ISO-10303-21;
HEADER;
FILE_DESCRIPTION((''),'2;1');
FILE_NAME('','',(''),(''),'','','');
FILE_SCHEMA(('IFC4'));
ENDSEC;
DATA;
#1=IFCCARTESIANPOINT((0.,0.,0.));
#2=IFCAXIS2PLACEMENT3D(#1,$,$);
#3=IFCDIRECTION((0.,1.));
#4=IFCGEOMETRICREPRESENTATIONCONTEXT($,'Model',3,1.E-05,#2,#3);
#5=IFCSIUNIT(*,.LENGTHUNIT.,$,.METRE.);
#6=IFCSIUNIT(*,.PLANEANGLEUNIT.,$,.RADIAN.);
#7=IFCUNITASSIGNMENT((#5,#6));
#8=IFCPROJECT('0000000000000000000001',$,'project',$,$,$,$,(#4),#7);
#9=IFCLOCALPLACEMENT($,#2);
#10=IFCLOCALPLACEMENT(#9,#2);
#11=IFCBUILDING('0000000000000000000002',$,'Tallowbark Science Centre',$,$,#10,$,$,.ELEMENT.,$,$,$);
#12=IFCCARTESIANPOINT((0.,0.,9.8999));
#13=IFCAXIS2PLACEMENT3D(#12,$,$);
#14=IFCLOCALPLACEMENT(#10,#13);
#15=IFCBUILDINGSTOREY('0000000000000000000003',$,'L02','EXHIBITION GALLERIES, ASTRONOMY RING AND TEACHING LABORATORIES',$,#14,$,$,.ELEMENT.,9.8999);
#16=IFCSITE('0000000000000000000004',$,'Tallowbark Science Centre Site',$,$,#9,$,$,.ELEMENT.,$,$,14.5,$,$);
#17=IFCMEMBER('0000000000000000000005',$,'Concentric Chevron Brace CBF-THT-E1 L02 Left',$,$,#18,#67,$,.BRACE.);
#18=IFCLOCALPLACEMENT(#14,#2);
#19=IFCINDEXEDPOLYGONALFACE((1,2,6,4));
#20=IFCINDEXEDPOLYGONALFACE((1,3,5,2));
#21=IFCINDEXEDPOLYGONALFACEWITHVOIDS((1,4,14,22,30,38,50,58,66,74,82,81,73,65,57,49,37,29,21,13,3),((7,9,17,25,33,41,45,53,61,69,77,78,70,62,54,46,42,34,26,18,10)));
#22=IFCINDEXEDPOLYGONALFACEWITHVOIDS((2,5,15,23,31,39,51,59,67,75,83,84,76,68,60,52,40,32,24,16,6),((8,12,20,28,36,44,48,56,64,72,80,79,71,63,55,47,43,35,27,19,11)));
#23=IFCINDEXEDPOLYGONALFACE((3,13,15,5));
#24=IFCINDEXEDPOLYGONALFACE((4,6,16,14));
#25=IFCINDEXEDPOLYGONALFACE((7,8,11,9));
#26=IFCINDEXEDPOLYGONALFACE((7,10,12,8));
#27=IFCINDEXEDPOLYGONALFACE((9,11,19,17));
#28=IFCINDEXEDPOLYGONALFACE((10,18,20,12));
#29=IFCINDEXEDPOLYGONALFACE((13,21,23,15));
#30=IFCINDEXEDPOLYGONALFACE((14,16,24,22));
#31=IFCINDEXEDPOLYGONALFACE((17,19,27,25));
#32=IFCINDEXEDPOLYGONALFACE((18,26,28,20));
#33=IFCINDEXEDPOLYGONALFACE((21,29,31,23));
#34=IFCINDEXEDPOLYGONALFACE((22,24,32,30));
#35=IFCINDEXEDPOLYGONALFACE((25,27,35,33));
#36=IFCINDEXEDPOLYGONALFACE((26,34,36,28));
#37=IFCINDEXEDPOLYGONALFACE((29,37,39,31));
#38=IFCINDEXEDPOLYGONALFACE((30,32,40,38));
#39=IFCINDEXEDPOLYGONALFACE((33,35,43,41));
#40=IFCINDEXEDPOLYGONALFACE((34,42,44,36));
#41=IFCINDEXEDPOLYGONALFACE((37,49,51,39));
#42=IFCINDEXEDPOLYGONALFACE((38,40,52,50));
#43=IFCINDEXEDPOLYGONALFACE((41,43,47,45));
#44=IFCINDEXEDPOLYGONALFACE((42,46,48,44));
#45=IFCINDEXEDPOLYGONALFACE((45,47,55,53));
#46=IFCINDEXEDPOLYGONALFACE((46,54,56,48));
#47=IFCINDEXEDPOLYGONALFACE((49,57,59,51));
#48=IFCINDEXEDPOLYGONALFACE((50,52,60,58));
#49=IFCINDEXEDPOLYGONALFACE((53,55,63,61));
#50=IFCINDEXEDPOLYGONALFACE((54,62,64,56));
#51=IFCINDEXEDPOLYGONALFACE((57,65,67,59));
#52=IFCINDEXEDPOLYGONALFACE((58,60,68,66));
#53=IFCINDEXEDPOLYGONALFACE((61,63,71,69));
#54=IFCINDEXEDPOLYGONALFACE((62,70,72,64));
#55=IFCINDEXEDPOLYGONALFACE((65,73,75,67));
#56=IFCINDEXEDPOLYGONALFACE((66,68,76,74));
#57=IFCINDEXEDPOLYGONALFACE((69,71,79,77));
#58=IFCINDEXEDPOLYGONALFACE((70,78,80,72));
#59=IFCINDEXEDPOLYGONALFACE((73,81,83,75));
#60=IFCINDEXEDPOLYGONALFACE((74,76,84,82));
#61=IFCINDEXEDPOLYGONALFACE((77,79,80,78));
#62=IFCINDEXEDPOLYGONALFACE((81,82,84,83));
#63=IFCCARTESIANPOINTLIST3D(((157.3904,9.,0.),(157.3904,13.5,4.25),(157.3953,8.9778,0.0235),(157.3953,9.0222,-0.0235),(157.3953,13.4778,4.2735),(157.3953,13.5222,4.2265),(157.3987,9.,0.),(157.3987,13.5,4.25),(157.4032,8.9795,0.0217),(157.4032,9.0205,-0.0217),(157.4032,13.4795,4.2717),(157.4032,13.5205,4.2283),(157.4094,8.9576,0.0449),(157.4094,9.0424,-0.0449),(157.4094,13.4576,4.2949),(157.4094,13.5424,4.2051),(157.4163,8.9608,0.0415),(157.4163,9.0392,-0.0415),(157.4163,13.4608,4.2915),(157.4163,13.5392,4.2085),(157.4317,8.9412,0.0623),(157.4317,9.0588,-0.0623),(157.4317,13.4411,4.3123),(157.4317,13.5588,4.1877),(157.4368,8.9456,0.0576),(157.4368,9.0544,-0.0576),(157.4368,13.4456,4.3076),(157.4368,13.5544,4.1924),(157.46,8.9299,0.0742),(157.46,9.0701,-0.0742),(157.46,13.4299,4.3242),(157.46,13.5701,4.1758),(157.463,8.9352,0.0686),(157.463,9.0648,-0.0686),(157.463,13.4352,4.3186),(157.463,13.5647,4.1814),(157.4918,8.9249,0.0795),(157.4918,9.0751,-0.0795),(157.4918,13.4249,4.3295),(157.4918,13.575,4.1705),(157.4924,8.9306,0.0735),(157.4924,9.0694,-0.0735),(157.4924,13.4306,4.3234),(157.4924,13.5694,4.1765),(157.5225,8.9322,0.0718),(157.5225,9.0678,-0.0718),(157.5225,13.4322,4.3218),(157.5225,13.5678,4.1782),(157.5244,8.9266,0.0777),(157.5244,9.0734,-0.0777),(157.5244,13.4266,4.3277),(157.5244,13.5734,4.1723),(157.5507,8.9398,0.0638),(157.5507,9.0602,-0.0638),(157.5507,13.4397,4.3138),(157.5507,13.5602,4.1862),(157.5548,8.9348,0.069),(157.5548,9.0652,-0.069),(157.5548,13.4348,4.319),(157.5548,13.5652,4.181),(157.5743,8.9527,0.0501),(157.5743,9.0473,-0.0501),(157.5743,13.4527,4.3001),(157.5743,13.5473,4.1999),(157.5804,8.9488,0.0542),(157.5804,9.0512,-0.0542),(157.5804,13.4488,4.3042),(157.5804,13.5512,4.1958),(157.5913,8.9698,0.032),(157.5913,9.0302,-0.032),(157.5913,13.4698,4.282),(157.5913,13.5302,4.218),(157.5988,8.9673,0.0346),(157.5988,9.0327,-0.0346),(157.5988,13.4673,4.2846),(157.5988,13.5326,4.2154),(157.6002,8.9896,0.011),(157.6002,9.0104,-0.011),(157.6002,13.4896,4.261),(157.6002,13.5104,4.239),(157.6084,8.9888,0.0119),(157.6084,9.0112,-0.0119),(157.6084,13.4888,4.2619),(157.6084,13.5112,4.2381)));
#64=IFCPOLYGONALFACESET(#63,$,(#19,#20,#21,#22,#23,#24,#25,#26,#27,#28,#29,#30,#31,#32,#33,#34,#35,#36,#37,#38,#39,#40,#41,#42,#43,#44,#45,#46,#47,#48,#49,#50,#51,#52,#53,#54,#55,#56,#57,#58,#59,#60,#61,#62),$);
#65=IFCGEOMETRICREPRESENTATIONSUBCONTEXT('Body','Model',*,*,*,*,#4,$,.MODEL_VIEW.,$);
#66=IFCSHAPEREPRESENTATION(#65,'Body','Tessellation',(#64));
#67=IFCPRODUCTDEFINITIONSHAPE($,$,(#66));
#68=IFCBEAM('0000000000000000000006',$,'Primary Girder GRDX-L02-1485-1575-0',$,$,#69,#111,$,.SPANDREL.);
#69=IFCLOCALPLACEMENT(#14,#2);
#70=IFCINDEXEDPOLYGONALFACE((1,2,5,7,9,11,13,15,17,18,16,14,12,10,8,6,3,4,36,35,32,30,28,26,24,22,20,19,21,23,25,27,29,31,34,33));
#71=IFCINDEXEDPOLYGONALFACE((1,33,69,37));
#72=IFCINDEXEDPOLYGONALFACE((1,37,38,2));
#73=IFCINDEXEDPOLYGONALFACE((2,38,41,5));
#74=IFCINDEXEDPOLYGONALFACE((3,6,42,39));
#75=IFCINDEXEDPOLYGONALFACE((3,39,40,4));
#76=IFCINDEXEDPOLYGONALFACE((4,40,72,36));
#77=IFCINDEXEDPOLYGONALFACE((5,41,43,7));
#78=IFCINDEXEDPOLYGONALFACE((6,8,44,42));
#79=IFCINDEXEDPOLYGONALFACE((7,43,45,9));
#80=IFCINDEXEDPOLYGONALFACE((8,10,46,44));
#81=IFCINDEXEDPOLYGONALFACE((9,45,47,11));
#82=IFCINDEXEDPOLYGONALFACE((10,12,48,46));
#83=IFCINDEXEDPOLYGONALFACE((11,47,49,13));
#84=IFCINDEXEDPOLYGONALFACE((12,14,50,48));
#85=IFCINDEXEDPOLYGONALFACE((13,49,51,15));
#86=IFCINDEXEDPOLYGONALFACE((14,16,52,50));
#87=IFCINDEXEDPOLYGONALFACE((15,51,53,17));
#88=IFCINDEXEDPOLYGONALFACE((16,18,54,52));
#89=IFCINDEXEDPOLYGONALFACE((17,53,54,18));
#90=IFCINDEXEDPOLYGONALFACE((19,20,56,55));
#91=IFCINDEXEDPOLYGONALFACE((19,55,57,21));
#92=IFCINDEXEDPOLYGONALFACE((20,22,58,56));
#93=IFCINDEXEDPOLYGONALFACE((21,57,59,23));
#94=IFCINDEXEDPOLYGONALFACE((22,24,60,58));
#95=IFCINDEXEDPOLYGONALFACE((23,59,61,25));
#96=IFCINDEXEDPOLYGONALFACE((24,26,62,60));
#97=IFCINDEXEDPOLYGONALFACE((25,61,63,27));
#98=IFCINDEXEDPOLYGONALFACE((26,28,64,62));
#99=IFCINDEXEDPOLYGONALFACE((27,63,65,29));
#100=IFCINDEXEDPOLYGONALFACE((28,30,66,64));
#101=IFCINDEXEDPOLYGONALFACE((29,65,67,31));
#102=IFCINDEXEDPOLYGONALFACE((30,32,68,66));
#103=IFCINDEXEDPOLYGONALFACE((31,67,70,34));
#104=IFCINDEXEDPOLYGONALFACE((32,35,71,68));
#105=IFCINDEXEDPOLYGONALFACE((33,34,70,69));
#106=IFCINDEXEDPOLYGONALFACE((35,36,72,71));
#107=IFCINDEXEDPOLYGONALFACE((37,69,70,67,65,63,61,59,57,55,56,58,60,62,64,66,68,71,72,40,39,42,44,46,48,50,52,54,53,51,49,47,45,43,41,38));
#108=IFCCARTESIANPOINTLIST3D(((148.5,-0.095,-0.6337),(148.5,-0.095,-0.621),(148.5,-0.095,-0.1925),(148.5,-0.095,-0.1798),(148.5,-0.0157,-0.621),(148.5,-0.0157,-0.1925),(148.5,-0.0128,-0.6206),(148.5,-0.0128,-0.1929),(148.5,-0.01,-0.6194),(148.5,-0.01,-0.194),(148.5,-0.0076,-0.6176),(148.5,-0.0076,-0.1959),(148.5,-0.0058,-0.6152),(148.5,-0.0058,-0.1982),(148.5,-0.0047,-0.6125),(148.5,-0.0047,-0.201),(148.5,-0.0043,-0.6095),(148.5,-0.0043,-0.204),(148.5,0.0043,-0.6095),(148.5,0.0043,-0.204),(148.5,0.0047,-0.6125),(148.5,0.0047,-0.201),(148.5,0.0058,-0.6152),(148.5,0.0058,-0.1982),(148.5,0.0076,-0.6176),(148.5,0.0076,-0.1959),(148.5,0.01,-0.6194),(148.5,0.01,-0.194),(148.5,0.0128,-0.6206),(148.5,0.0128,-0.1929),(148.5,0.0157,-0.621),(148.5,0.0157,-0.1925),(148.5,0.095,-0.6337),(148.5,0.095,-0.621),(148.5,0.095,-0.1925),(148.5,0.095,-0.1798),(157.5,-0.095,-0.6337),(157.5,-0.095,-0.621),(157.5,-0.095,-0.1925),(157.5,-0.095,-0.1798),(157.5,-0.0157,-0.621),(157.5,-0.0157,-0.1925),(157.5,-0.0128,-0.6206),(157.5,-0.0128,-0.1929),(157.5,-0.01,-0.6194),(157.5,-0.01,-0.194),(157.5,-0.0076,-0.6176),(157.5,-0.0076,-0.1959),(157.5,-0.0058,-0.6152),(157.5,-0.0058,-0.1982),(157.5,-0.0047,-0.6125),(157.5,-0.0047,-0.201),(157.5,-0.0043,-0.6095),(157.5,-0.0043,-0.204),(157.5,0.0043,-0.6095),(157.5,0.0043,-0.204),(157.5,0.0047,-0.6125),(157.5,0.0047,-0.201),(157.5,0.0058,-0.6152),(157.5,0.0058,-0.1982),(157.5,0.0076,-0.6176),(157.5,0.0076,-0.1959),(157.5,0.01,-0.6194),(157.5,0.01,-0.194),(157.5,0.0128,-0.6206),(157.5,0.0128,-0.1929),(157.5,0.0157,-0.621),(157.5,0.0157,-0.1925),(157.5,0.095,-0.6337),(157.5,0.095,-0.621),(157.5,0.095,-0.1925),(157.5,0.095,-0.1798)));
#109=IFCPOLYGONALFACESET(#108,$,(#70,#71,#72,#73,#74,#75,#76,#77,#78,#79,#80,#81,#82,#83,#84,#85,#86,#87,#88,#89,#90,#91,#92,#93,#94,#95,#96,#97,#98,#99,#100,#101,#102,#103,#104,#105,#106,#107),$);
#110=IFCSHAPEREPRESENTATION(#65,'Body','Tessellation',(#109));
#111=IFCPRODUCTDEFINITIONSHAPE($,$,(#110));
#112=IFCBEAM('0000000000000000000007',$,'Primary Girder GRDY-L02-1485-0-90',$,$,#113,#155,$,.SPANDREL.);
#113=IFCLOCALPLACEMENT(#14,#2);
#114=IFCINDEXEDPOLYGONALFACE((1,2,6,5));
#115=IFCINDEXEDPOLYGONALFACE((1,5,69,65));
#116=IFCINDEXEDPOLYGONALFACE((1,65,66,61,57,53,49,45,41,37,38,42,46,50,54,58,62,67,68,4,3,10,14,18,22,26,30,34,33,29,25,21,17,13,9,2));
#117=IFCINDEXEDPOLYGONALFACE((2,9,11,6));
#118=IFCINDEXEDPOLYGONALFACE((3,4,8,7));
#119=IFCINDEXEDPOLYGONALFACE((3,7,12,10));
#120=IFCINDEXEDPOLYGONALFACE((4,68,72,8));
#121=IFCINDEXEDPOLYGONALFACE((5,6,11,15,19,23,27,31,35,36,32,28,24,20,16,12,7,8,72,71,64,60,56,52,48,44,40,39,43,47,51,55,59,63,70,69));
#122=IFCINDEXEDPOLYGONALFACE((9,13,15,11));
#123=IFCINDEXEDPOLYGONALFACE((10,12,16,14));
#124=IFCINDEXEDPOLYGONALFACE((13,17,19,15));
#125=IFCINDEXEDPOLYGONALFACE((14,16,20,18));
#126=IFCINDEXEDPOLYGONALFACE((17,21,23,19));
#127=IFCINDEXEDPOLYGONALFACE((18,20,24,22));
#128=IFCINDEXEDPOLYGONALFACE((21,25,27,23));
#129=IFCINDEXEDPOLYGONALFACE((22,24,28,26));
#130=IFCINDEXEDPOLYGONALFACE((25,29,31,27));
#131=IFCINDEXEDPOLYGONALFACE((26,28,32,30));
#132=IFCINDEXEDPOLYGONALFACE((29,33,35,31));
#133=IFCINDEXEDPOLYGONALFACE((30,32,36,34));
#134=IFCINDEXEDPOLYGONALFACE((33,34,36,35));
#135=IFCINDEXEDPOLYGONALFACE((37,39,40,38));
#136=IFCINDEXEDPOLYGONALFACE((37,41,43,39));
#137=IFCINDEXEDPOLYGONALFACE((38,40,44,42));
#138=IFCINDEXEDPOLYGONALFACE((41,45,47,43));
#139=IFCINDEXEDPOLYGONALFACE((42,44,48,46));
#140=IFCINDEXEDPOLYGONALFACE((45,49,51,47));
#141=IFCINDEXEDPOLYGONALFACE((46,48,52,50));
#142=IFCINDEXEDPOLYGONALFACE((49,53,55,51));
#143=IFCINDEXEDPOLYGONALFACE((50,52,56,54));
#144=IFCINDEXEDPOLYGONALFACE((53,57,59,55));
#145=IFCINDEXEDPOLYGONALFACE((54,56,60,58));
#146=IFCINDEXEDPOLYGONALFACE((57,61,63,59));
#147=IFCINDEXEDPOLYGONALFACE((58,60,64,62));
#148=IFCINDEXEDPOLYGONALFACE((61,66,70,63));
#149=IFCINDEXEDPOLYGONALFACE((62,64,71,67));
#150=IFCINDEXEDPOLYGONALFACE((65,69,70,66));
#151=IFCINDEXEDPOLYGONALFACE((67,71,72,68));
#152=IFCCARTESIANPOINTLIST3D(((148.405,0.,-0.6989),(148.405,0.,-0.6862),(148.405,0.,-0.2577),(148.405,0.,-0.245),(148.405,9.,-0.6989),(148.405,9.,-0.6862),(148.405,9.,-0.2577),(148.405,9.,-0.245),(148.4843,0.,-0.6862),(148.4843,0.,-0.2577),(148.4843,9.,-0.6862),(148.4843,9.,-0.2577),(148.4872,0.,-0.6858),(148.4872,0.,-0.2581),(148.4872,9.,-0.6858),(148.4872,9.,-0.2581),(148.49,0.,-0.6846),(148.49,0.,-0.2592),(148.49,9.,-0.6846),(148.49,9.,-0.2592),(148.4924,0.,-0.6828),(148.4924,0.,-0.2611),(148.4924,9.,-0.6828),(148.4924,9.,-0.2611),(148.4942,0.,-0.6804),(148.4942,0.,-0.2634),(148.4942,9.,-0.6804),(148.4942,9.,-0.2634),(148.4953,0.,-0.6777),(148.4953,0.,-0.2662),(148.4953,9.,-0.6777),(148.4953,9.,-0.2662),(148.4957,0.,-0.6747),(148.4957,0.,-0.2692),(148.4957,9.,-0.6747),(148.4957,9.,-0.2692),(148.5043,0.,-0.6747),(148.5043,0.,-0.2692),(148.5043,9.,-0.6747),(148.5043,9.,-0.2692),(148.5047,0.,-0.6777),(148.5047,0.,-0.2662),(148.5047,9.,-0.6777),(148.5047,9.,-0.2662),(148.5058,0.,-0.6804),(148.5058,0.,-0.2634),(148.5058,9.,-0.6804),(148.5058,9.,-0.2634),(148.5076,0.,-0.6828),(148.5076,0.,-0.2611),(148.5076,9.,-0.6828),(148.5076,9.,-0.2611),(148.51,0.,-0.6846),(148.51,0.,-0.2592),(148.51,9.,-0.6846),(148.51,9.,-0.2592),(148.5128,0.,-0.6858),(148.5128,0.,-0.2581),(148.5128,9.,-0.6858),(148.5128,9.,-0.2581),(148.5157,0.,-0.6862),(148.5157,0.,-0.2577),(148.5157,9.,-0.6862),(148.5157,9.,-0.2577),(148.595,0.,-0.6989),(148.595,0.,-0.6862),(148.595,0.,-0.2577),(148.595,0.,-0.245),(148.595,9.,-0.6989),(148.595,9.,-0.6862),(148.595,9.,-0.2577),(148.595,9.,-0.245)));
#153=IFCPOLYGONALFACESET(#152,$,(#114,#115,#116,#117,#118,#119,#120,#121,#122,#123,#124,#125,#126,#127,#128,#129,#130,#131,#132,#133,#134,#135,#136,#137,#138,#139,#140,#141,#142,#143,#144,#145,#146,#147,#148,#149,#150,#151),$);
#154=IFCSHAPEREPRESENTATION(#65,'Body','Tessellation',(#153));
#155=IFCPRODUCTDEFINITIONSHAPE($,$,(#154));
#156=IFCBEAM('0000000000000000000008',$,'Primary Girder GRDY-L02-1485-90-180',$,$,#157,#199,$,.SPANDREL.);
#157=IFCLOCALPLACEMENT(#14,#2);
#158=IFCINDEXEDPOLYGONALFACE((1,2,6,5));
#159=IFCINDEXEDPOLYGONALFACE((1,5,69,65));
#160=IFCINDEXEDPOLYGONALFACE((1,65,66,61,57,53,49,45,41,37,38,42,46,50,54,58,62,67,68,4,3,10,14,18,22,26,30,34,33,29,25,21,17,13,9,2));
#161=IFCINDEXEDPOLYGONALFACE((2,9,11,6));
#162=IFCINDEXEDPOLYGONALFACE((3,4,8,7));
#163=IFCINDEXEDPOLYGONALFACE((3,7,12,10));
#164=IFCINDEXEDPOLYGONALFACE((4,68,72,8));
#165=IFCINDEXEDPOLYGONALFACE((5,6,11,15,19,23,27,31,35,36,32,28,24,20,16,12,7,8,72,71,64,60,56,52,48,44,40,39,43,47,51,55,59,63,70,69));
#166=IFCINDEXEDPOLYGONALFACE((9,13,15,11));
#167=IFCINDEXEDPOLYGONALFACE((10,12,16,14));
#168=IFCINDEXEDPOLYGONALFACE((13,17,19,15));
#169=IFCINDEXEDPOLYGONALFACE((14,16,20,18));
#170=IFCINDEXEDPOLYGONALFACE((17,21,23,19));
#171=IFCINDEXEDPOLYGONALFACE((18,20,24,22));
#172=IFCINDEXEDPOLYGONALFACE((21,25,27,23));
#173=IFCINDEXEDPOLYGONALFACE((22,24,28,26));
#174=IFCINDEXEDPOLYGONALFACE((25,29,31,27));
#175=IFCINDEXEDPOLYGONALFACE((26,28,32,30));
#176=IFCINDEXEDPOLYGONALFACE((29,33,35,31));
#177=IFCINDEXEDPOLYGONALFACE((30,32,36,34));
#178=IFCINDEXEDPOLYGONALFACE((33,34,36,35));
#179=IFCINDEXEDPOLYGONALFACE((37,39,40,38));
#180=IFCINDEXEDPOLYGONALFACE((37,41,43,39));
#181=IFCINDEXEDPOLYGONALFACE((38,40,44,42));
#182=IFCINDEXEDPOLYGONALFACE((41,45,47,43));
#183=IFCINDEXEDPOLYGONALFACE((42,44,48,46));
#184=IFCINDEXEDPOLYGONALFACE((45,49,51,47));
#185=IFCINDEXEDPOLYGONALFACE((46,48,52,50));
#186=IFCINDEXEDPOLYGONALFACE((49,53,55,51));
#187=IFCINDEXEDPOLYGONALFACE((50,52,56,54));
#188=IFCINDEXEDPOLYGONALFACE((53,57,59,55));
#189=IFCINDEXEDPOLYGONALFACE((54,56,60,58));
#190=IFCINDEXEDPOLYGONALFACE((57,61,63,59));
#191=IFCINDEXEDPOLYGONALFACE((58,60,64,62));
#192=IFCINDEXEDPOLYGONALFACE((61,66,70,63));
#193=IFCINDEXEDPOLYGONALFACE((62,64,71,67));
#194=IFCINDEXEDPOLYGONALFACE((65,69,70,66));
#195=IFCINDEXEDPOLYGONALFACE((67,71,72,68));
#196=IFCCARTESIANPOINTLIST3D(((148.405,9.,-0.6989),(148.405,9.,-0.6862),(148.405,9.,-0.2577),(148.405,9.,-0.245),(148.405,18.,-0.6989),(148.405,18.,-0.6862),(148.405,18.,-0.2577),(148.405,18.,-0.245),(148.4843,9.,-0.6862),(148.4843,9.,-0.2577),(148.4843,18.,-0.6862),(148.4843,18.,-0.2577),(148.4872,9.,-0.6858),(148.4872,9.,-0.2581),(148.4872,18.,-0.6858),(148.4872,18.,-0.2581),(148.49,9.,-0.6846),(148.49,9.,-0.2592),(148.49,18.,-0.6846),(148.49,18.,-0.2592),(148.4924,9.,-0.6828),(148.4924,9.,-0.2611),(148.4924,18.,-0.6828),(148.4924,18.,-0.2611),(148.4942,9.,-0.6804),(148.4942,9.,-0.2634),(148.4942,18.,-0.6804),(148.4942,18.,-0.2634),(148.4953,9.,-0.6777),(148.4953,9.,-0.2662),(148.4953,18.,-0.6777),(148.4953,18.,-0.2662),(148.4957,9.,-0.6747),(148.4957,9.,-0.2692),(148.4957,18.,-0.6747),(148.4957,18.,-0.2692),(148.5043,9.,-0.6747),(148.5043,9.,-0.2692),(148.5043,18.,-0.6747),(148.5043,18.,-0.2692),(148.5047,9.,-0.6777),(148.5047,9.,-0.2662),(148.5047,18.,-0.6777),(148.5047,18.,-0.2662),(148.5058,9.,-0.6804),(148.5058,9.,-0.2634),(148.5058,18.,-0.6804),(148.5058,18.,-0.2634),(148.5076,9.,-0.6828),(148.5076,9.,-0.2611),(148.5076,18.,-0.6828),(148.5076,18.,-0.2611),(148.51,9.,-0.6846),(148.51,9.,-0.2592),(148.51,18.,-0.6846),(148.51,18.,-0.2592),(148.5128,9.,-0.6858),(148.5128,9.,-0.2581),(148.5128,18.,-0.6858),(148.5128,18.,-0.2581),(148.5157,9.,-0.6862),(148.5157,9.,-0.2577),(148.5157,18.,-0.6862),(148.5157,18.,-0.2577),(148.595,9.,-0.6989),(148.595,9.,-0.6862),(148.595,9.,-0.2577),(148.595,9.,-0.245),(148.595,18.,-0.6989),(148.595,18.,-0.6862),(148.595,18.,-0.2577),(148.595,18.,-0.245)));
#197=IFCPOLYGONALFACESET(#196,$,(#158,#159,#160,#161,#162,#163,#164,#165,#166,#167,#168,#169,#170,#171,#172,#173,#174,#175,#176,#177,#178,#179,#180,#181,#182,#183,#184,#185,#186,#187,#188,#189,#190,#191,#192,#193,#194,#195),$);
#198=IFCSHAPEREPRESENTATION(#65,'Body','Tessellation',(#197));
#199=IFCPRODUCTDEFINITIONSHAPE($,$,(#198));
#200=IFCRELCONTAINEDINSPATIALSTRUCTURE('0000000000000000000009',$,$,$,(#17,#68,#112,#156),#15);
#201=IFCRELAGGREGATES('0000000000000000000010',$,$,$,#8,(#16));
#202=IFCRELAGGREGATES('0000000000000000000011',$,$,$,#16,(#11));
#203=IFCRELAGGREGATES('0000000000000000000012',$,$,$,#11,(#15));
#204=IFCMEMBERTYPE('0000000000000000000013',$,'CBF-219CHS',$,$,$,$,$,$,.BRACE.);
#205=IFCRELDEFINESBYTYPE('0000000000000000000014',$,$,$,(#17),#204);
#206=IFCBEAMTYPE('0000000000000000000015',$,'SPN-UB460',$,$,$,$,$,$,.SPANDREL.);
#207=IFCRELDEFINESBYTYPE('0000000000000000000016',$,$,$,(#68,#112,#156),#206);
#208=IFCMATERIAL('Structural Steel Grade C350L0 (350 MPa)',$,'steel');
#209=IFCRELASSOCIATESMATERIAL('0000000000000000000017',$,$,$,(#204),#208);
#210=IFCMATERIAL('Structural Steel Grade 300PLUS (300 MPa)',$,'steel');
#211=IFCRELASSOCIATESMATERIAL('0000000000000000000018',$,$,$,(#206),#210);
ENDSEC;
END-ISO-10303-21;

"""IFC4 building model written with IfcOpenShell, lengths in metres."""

from ifc_helpers import new_model, si_unit, direction, frame, origin, origin_2d, place, context, subcontext, project, spatial, hollow_circle, i_section, extrude, material, material_profile, profile_set, type_object, element, save


model = new_model("IFC4")

# Units and contexts
model_context = context("Model", 3, precision=1e-05, world=origin(), true_north=direction((0.0, 1.0)))
body_context = subcontext(model_context, "Body", "Model", "MODEL_VIEW")
ifc_project = project(units=[si_unit("LENGTHUNIT", "METRE"), si_unit("PLANEANGLEUNIT", "RADIAN")], contexts=[model_context])

# Site, building, storey
site_placement = place(None, origin())
site = spatial("IfcSite", under=ifc_project, at=site_placement, Name="Tallowbark Science Centre Site", CompositionType="ELEMENT", RefElevation=14.5)
building_placement = place(site_placement, origin())
building = spatial("IfcBuilding", under=site, at=building_placement, Name="Tallowbark Science Centre", CompositionType="ELEMENT")
storey_placement = place(building_placement, frame((0.0, 0.0, 9.8999)))
storey = spatial("IfcBuildingStorey", under=building, at=storey_placement, Name="L02", Description="EXHIBITION GALLERIES, ASTRONOMY RING AND TEACHING LABORATORIES", CompositionType="ELEMENT", Elevation=9.8999)

# Shared definitions
ifc_material_1 = material(Name="Structural Steel Grade 300PLUS (300 MPa)", Category="steel")

# Member
ifc_material_2 = material(Name="Structural Steel Grade C350L0 (350 MPa)", Category="steel")
ifc_material_profile_1 = material_profile(ifc_material_2, hollow_circle(Radius=0.1096, WallThickness=0.0083, at=origin_2d()), Name="219.1x8.2CHS")
ifc_profile_set_1 = profile_set([ifc_material_profile_1], Name="Structural Steel Grade C350L0 (350 MPa)")
member_type = type_object("IfcMemberType", Name="CBF-219CHS", PredefinedType="BRACE", material=ifc_profile_set_1)
member_placement = place(storey_placement, frame((157.5, 9.0, 0.0), z_axis=(0.0, 0.727013, 0.686624), x_axis=(-1.0, 0.0, 0.0)))
element("IfcMember", 1, at=member_placement, inside=storey, type_object=member_type, Name="Concentric Chevron Brace CBF-THT-E1 L02 Left", PredefinedType="BRACE", context=body_context, shape_type="SweptSolid", body=[
    extrude(hollow_circle(Radius=0.1096, WallThickness=0.0083, at=origin_2d()), origin(), (0.0, 0.0, 1.0), 6.1897),
])

# Beams
ifc_material_profile_2 = material_profile(ifc_material_1, i_section(OverallWidth=0.1899, OverallDepth=0.4539, WebThickness=0.0085, FlangeThickness=0.0127, FilletRadius=0.0115, at=origin_2d()), Name="460UB67.1")
ifc_profile_set_2 = profile_set([ifc_material_profile_2], Name="Structural Steel Grade 300PLUS (300 MPa)")
beam_type_1 = type_object("IfcBeamType", Name="SPN-UB460", PredefinedType="SPANDREL", material=ifc_profile_set_2)
for number, where, z_axis, x_axis, name in (
    (2, (148.5, 0.0, -0.4067), (1.0, 0.0, 0.0), (0.0, 1.0, 0.0), "Primary Girder GRDX-L02-1485-1575-0"),
    (3, (148.5, 0.0, -0.4719), (0.0, 1.0, 0.0), (-1.0, 0.0, 0.0), "Primary Girder GRDY-L02-1485-0-90"),
    (4, (148.5, 9.0, -0.4719), (0.0, 1.0, 0.0), (-1.0, 0.0, 0.0), "Primary Girder GRDY-L02-1485-90-180"),
):
    element("IfcBeam", number, at=place(storey_placement, frame(where, z_axis=z_axis, x_axis=x_axis)), inside=storey, type_object=beam_type_1, Name=name, PredefinedType="SPANDREL", context=body_context, shape_type="SweptSolid", body=[
        extrude(i_section(OverallWidth=0.1899, OverallDepth=0.4539, WebThickness=0.0085, FlangeThickness=0.0127, FilletRadius=0.0115, at=origin_2d()), origin(), (0.0, 0.0, 1.0), 9.0),
    ])

save(model, "model.ifc")
